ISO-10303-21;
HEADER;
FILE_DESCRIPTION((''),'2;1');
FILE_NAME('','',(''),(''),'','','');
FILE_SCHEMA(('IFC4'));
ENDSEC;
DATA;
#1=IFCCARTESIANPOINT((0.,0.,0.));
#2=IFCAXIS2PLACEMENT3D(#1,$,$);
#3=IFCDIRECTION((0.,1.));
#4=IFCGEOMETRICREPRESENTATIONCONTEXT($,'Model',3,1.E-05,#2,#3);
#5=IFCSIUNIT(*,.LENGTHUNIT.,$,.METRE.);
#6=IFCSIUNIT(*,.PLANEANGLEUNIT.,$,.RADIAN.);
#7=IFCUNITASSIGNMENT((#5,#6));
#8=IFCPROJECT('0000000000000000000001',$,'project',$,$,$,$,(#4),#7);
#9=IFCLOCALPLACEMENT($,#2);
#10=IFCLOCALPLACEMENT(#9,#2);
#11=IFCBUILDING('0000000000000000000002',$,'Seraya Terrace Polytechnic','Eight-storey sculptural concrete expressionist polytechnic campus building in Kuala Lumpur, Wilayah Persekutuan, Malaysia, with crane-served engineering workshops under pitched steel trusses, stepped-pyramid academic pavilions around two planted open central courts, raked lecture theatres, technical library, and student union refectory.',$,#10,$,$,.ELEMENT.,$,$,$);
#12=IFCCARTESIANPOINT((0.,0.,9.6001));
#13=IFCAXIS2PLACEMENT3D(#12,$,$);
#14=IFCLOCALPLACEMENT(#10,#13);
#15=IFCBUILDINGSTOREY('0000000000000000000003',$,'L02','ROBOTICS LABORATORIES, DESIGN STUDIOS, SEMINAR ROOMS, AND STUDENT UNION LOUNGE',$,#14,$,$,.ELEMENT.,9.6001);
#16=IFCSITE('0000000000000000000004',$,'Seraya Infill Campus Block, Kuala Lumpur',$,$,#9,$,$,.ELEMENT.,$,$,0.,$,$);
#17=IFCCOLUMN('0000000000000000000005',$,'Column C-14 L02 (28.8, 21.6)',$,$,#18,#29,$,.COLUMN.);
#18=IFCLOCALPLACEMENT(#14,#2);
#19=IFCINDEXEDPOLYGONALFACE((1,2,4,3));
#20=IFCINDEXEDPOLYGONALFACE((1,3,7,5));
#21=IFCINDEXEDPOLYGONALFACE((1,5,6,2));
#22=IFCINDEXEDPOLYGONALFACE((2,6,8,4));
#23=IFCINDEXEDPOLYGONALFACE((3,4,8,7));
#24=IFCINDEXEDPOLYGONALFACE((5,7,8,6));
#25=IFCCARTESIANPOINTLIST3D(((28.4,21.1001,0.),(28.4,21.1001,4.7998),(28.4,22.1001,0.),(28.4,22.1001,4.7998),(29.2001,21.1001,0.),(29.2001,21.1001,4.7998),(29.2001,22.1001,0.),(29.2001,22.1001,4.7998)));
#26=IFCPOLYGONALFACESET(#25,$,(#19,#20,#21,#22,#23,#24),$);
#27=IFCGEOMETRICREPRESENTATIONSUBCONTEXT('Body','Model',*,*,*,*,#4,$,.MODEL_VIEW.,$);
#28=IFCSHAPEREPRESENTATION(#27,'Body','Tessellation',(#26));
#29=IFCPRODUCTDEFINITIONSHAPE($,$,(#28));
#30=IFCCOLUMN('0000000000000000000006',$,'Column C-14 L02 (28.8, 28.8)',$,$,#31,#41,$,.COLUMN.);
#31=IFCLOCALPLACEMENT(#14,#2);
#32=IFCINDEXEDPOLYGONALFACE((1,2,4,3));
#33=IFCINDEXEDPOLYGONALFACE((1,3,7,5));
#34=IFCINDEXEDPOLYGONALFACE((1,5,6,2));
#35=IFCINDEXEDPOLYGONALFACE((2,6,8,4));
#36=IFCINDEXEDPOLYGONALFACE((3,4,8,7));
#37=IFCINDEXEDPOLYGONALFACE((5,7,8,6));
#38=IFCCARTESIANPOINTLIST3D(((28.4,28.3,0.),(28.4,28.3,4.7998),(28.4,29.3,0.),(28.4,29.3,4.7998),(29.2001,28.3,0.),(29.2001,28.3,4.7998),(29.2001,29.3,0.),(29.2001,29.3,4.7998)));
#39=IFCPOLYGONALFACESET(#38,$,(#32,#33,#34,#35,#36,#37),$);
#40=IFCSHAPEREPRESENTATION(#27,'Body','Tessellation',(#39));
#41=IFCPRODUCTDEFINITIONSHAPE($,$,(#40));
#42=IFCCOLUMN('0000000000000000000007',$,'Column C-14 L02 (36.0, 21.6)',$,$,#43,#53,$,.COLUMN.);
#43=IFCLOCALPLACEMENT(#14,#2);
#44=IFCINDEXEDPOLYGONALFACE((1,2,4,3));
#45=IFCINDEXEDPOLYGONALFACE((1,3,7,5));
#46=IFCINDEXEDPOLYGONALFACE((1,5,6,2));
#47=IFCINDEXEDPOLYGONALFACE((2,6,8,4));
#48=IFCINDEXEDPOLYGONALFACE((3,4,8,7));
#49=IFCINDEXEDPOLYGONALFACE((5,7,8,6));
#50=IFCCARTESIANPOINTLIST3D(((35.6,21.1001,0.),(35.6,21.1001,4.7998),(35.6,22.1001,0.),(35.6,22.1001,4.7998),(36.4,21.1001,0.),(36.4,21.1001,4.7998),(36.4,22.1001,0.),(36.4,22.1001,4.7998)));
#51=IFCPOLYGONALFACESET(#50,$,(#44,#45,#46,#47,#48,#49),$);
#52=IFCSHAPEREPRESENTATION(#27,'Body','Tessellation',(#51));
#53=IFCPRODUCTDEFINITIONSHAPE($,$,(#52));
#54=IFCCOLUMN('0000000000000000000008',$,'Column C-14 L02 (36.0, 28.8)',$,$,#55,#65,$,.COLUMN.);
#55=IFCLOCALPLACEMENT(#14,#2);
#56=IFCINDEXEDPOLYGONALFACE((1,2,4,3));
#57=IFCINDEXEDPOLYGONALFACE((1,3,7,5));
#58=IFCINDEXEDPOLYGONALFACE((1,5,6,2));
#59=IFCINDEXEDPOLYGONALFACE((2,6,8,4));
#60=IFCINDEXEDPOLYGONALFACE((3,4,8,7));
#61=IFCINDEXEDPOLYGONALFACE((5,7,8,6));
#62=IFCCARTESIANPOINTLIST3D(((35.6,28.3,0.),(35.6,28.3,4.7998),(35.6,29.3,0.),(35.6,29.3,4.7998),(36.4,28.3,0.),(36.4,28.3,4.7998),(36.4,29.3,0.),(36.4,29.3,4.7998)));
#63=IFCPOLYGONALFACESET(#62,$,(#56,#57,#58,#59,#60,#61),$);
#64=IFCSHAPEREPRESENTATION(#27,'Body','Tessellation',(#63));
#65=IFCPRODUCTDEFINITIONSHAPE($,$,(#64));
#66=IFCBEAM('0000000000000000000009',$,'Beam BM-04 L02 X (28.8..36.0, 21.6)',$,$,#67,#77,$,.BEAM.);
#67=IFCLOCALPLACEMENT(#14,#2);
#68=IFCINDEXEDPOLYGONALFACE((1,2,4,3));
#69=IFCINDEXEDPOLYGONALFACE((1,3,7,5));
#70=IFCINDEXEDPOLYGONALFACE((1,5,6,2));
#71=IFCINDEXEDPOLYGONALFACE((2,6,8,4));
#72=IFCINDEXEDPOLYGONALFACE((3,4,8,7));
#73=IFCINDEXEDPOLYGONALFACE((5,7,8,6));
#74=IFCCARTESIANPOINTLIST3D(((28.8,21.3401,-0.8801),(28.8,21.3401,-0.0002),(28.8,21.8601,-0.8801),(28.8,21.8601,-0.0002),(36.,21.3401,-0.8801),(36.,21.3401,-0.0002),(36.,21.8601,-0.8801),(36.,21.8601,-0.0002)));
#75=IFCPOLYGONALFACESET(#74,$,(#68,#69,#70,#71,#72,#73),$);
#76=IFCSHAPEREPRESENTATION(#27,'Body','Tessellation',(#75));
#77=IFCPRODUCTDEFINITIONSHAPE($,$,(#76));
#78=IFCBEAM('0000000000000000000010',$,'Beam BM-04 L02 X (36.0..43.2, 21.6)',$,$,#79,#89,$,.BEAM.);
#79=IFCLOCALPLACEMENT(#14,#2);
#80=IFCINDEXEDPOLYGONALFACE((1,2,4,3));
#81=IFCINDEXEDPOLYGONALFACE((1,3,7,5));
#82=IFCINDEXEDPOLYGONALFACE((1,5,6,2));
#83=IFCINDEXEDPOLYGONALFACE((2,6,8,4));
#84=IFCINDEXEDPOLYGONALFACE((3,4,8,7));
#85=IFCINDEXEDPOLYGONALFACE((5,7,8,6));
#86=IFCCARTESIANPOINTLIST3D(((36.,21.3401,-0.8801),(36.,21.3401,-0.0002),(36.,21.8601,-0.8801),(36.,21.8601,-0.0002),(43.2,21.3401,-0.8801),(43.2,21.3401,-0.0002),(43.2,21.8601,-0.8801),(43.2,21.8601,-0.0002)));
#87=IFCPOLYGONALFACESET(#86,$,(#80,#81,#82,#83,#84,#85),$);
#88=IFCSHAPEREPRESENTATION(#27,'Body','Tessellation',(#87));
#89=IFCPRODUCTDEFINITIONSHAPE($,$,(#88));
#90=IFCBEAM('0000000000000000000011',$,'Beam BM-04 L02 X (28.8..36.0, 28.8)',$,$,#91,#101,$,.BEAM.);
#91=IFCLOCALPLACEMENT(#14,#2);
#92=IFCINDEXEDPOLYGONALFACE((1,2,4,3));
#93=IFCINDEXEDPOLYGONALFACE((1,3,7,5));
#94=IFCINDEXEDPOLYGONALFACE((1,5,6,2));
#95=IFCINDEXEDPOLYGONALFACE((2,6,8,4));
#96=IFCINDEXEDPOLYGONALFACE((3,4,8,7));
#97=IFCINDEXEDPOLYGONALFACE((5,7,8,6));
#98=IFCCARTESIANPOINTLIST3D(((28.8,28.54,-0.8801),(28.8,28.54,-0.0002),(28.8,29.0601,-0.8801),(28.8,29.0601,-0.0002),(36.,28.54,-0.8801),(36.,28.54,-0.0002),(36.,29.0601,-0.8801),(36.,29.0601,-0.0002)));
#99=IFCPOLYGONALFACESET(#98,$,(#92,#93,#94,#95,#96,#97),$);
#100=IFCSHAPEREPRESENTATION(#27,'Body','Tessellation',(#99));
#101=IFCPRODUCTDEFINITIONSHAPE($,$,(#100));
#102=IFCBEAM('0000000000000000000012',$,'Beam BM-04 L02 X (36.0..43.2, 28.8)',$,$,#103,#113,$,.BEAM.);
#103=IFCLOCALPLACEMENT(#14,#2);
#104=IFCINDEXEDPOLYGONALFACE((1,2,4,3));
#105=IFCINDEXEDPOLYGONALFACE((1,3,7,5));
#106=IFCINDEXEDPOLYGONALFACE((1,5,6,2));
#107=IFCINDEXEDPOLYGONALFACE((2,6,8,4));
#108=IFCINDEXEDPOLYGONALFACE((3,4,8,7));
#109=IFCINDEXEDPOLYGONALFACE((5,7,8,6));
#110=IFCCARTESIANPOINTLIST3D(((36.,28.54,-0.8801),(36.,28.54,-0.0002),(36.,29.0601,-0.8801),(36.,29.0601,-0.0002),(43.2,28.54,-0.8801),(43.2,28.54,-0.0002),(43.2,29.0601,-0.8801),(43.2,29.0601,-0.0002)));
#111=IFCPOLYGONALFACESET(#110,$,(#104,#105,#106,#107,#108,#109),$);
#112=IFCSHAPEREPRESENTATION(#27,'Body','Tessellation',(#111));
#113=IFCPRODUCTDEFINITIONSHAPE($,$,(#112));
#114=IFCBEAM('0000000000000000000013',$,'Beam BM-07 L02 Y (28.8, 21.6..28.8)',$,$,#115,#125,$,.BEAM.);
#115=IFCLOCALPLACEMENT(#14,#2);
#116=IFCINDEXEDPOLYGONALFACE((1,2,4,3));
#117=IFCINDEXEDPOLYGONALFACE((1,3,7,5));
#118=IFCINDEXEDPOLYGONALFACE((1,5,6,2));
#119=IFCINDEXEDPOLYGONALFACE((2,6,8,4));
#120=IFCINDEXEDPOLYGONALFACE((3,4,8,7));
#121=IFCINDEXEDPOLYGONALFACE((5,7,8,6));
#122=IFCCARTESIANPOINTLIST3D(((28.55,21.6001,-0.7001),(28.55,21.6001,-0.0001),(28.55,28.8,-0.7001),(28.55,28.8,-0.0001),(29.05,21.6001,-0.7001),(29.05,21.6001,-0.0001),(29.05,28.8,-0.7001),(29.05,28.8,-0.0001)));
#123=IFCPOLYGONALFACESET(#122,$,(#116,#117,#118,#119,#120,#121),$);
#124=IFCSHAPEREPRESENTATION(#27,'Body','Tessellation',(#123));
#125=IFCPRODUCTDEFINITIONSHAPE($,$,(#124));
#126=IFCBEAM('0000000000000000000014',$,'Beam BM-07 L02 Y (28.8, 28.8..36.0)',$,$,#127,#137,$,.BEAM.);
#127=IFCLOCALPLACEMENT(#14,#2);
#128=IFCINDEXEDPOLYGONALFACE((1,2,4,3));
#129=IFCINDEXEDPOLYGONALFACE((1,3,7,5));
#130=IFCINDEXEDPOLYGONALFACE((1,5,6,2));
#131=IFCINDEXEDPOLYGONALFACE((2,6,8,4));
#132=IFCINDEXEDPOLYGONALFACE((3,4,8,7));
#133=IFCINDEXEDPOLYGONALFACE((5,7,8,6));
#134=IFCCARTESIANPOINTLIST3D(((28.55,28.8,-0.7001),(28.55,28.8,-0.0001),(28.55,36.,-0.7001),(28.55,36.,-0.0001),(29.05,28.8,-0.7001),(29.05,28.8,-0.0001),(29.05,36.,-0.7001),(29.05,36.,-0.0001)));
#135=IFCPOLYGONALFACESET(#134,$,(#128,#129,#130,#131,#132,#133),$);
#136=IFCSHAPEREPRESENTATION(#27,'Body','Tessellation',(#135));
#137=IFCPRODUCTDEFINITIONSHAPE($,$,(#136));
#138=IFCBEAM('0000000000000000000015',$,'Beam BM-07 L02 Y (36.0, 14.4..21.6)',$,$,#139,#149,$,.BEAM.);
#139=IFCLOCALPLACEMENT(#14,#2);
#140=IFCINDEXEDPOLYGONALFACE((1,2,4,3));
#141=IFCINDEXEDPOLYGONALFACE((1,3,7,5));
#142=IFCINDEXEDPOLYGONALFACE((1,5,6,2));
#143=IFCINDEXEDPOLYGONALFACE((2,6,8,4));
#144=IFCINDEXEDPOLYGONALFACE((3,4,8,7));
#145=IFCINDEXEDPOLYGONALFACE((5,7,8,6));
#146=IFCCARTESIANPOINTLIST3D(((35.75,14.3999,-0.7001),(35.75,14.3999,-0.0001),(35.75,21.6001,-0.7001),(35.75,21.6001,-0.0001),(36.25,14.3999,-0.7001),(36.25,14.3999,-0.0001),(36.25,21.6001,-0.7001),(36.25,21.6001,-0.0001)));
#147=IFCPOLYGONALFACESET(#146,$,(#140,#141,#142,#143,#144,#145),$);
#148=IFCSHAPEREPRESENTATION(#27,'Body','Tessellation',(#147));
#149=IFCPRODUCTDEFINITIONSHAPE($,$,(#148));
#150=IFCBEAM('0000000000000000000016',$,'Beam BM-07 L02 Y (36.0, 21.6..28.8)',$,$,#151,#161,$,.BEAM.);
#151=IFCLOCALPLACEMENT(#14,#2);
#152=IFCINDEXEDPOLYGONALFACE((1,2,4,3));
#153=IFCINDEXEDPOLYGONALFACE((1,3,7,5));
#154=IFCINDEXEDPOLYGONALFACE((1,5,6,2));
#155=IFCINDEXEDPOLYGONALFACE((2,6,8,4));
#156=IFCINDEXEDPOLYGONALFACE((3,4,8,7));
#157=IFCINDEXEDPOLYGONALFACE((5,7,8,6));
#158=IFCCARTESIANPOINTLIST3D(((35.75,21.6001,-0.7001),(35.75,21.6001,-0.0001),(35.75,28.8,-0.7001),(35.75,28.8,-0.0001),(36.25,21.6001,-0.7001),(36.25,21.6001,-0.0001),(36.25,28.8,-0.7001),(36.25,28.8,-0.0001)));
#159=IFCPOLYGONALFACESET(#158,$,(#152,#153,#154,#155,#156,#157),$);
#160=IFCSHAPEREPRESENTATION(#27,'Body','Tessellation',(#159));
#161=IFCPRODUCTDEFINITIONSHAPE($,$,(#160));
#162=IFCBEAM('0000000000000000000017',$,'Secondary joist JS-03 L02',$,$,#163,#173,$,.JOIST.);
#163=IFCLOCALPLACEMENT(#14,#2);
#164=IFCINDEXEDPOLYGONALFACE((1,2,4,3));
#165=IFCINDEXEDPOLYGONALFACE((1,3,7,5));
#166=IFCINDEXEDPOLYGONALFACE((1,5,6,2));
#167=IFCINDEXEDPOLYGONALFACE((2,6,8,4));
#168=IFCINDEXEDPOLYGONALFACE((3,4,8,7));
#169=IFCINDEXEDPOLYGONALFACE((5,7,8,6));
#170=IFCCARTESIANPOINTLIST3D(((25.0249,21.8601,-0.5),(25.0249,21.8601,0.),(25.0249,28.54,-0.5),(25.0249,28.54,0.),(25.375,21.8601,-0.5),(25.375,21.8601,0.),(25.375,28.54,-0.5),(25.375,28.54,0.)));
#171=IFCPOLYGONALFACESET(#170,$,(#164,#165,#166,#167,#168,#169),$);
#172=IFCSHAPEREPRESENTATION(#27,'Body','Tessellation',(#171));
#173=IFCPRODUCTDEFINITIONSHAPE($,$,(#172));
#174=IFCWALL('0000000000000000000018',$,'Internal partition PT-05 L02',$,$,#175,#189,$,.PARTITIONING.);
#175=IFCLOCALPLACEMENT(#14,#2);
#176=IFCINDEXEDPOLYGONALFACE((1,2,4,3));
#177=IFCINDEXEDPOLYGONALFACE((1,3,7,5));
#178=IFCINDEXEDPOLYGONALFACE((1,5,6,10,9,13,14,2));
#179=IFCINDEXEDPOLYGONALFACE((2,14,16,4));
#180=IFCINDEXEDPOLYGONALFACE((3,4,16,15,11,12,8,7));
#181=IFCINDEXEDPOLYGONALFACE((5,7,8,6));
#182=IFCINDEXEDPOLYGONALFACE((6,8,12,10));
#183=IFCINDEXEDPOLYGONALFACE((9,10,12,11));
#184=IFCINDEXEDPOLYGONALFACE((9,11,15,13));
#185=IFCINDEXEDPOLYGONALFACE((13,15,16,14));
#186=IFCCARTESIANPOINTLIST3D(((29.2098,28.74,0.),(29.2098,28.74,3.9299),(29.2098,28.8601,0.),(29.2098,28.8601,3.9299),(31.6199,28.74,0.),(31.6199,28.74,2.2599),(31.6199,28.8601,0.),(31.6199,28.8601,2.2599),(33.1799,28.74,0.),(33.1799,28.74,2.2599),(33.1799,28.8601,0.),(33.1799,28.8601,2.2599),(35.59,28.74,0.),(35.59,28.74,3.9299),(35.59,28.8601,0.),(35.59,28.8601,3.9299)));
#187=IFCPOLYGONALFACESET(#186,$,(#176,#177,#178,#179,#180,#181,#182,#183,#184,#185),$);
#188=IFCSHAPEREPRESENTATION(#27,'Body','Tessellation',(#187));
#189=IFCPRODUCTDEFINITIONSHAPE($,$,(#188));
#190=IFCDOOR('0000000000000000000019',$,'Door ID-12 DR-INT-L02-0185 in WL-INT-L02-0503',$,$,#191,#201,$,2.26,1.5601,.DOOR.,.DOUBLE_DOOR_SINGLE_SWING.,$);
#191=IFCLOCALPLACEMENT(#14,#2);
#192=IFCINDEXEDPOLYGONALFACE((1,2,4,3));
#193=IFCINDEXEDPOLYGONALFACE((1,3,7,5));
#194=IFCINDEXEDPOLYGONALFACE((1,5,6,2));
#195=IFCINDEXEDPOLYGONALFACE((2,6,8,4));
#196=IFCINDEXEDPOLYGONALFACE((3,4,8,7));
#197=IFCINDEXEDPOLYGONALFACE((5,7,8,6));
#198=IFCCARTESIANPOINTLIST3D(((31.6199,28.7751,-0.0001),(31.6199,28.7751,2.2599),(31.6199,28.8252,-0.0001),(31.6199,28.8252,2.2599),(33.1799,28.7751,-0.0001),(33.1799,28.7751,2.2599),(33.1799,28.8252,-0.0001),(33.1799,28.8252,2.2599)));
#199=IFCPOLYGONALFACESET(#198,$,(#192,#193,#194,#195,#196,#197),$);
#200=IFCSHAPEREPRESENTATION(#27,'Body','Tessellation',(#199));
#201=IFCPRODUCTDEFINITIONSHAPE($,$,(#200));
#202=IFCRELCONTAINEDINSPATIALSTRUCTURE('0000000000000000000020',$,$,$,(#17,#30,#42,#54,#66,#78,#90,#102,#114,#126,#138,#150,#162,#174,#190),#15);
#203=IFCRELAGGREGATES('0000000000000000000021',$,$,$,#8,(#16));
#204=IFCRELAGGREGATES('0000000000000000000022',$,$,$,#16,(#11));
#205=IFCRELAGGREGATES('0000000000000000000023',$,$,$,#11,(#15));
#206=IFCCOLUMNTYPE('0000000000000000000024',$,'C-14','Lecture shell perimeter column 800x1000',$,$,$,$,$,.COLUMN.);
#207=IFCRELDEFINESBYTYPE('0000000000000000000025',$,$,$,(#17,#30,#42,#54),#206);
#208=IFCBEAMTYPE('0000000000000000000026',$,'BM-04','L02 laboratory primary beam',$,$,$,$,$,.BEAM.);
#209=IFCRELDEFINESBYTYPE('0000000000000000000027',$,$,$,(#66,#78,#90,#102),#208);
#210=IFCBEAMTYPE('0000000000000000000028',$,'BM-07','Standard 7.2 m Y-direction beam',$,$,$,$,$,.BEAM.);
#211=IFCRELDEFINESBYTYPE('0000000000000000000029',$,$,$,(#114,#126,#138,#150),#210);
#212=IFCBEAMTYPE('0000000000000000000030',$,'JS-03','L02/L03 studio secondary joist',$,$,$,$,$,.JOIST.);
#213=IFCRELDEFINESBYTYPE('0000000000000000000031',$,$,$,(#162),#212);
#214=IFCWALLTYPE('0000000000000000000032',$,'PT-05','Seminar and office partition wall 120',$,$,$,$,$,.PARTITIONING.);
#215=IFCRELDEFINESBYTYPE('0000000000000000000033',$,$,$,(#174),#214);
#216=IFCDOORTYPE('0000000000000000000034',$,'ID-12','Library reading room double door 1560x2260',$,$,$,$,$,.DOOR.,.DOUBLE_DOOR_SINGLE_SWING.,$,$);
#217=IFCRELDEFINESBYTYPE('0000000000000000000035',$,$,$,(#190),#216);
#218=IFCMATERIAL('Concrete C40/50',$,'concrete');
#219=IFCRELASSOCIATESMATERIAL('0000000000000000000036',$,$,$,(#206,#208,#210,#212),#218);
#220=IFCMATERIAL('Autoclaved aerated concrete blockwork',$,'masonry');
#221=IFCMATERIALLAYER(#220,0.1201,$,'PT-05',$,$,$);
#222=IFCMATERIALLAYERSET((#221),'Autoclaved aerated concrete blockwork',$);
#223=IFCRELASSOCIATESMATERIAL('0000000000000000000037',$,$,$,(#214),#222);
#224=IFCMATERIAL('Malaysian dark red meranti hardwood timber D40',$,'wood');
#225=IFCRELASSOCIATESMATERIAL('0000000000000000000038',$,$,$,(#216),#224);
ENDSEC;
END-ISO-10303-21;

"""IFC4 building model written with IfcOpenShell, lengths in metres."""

from ifc_helpers import new_model, si_unit, direction, frame, frame_2d, origin, origin_2d, place, context, subcontext, project, spatial, rectangle, extrude, material, layer, layer_set, material_profile, profile_set, type_object, element, fill, save


model = new_model("IFC4")

# Units and contexts
model_context = context("Model", 3, precision=1e-05, world=origin(), true_north=direction((0.0, 1.0)))
body_context = subcontext(model_context, "Body", "Model", "MODEL_VIEW")
ifc_project = project(units=[si_unit("LENGTHUNIT", "METRE"), si_unit("PLANEANGLEUNIT", "RADIAN")], contexts=[model_context])

# Site, building, storey
site_placement = place(None, origin())
site = spatial("IfcSite", under=ifc_project, at=site_placement, Name="Seraya Infill Campus Block, Kuala Lumpur", CompositionType="ELEMENT", RefElevation=0.0)
building_placement = place(site_placement, origin())
building = spatial("IfcBuilding", under=site, at=building_placement, Name="Seraya Terrace Polytechnic", Description="Eight-storey sculptural concrete expressionist polytechnic campus building in Kuala Lumpur, Wilayah Persekutuan, Malaysia, with crane-served engineering workshops under pitched steel trusses, stepped-pyramid academic pavilions around two planted open central courts, raked lecture theatres, technical library, and student union refectory.", CompositionType="ELEMENT")
storey_placement = place(building_placement, frame((0.0, 0.0, 9.6001)))
storey = spatial("IfcBuildingStorey", under=building, at=storey_placement, Name="L02", Description="ROBOTICS LABORATORIES, DESIGN STUDIOS, SEMINAR ROOMS, AND STUDENT UNION LOUNGE", CompositionType="ELEMENT", Elevation=9.6001)

# Columns
ifc_material_1 = material(Name="Concrete C40/50", Category="concrete")
ifc_material_profile_1 = material_profile(ifc_material_1, rectangle(XDim=0.8, YDim=1.0, at=origin_2d()), Name="RC 800x1000")
ifc_profile_set_1 = profile_set([ifc_material_profile_1], Name="Concrete C40/50")
column_type = type_object("IfcColumnType", Name="C-14", Description="Lecture shell perimeter column 800x1000", PredefinedType="COLUMN", material=ifc_profile_set_1)
for number, where, z_axis, x_axis, name in (
    (1, (28.8, 21.6001, 0.0), (0.0, 0.0, 1.0), (1.0, 0.0, 0.0), "Column C-14 L02 (28.8, 21.6)"),
    (2, (28.8, 28.8, 0.0), (0.0, 0.0, 1.0), (1.0, 0.0, 0.0), "Column C-14 L02 (28.8, 28.8)"),
    (3, (36.0, 21.6001, 0.0), (0.0, 0.0, 1.0), (1.0, 0.0, 0.0), "Column C-14 L02 (36.0, 21.6)"),
    (4, (36.0, 28.8, 0.0), (0.0, 0.0, 1.0), (1.0, 0.0, 0.0), "Column C-14 L02 (36.0, 28.8)"),
):
    element("IfcColumn", number, at=place(storey_placement, frame(where, z_axis=z_axis, x_axis=x_axis)), inside=storey, type_object=column_type, Name=name, PredefinedType="COLUMN", context=body_context, shape_type="SweptSolid", body=[
        extrude(rectangle(XDim=0.8, YDim=1.0, at=origin_2d()), origin(), (0.0, 0.0, 1.0), 4.7998),
    ])

# Beams
ifc_material_profile_2 = material_profile(ifc_material_1, rectangle(XDim=0.52, YDim=0.8799, at=origin_2d()), Name="RC 520x880")
ifc_profile_set_2 = profile_set([ifc_material_profile_2], Name="Concrete C40/50")
beam_type_1 = type_object("IfcBeamType", Name="BM-04", Description="L02 laboratory primary beam", PredefinedType="BEAM", material=ifc_profile_set_2)
for number, where, z_axis, x_axis, name in (
    (5, (28.8, 21.6001, -0.4402), (1.0, 0.0, 0.0), (0.0, 1.0, 0.0), "Beam BM-04 L02 X (28.8..36.0, 21.6)"),
    (6, (36.0, 21.6001, -0.4402), (1.0, 0.0, 0.0), (0.0, 1.0, 0.0), "Beam BM-04 L02 X (36.0..43.2, 21.6)"),
    (7, (28.8, 28.8, -0.4402), (1.0, 0.0, 0.0), (0.0, 1.0, 0.0), "Beam BM-04 L02 X (28.8..36.0, 28.8)"),
    (8, (36.0, 28.8, -0.4402), (1.0, 0.0, 0.0), (0.0, 1.0, 0.0), "Beam BM-04 L02 X (36.0..43.2, 28.8)"),
):
    element("IfcBeam", number, at=place(storey_placement, frame(where, z_axis=z_axis, x_axis=x_axis)), inside=storey, type_object=beam_type_1, Name=name, PredefinedType="BEAM", context=body_context, shape_type="SweptSolid", body=[
        extrude(rectangle(XDim=0.52, YDim=0.8799, at=origin_2d()), origin(), (0.0, 0.0, 1.0), 7.2),
    ])
ifc_material_profile_3 = material_profile(ifc_material_1, rectangle(XDim=0.5, YDim=0.7, at=origin_2d()), Name="RC 500x700")
ifc_profile_set_3 = profile_set([ifc_material_profile_3], Name="Concrete C40/50")
beam_type_2 = type_object("IfcBeamType", Name="BM-07", Description="Standard 7.2 m Y-direction beam", PredefinedType="BEAM", material=ifc_profile_set_3)
for number, where, z_axis, x_axis, name in (
    (9, (28.8, 21.6001, -0.3501), (0.0, 1.0, 0.0), (-1.0, 0.0, 0.0), "Beam BM-07 L02 Y (28.8, 21.6..28.8)"),
    (10, (28.8, 28.8, -0.3501), (0.0, 1.0, 0.0), (-1.0, 0.0, 0.0), "Beam BM-07 L02 Y (28.8, 28.8..36.0)"),
):
    element("IfcBeam", number, at=place(storey_placement, frame(where, z_axis=z_axis, x_axis=x_axis)), inside=storey, type_object=beam_type_2, Name=name, PredefinedType="BEAM", context=body_context, shape_type="SweptSolid", body=[
        extrude(rectangle(XDim=0.5, YDim=0.7, at=origin_2d()), origin(), (0.0, 0.0, 1.0), 7.2),
    ])
beam_1_placement = place(storey_placement, frame((36.0, 14.3999, -0.3501), z_axis=(0.0, 1.0, 0.0), x_axis=(-1.0, 0.0, 0.0)))
element("IfcBeam", 11, at=beam_1_placement, inside=storey, type_object=beam_type_2, Name="Beam BM-07 L02 Y (36.0, 14.4..21.6)", PredefinedType="BEAM", context=body_context, shape_type="SweptSolid", body=[
    extrude(rectangle(XDim=0.5, YDim=0.7, at=origin_2d()), origin(), (0.0, 0.0, 1.0), 7.2002),
])
beam_2_placement = place(storey_placement, frame((36.0, 21.6001, -0.3501), z_axis=(0.0, 1.0, 0.0), x_axis=(-1.0, 0.0, 0.0)))
element("IfcBeam", 12, at=beam_2_placement, inside=storey, type_object=beam_type_2, Name="Beam BM-07 L02 Y (36.0, 21.6..28.8)", PredefinedType="BEAM", context=body_context, shape_type="SweptSolid", body=[
    extrude(rectangle(XDim=0.5, YDim=0.7, at=origin_2d()), origin(), (0.0, 0.0, 1.0), 7.2),
])
ifc_material_profile_4 = material_profile(ifc_material_1, rectangle(XDim=0.3501, YDim=0.5, at=origin_2d()), Name="RC 350x500")
ifc_profile_set_4 = profile_set([ifc_material_profile_4], Name="Concrete C40/50")
beam_type_3 = type_object("IfcBeamType", Name="JS-03", Description="L02/L03 studio secondary joist", PredefinedType="JOIST", material=ifc_profile_set_4)
beam_3_placement = place(storey_placement, frame((25.2, 21.8601, -0.25), z_axis=(0.0, 1.0, 0.0), x_axis=(-1.0, 0.0, 0.0)))
element("IfcBeam", 13, at=beam_3_placement, inside=storey, type_object=beam_type_3, Name="Secondary joist JS-03 L02", PredefinedType="JOIST", context=body_context, shape_type="SweptSolid", body=[
    extrude(rectangle(XDim=0.3501, YDim=0.5, at=origin_2d()), origin(), (0.0, 0.0, 1.0), 6.6799),
])

# Wall, opening, door
ifc_material_2 = material(Name="Autoclaved aerated concrete blockwork", Category="masonry")
ifc_layer = layer(ifc_material_2, 0.1201, Name="PT-05")
ifc_layer_set = layer_set([ifc_layer], Name="Autoclaved aerated concrete blockwork")
wall_type = type_object("IfcWallType", Name="PT-05", Description="Seminar and office partition wall 120", PredefinedType="PARTITIONING", material=ifc_layer_set)
wall_placement = place(storey_placement, frame((29.21, 28.8, 0.0), z_axis=(0.0, 0.0, 1.0), x_axis=(1.0, 0.0, 0.0)))
wall = element("IfcWall", 14, at=wall_placement, inside=storey, type_object=wall_type, Name="Internal partition PT-05 L02", PredefinedType="PARTITIONING", context=body_context, shape_type="SweptSolid", body=[
    extrude(rectangle(XDim=6.3801, YDim=0.1201, at=frame_2d((3.1899, 0.0))), origin(), (0.0, 0.0, 1.0), 3.9299),
])
opening_placement = place(wall_placement, frame((2.4099, 0.0, 0.0)))
opening = element("IfcOpeningElement", 15, at=opening_placement, cuts=wall, PredefinedType="OPENING", context=body_context, shape_type="SweptSolid", body=[
    extrude(rectangle(XDim=1.5601, YDim=2.26, at=frame_2d((0.78, 1.1299))), frame((0.0, 0.072, 0.0), z_axis=(0.0, -1.0, 0.0), x_axis=(1.0, 0.0, 0.0)), (0.0, 0.0, 1.0), 0.144),
])
ifc_material_3 = material(Name="Malaysian dark red meranti hardwood timber D40", Category="wood")
door_type = type_object("IfcDoorType", Name="ID-12", Description="Library reading room double door 1560x2260", OperationType="DOUBLE_DOOR_SINGLE_SWING", PredefinedType="DOOR", material=ifc_material_3)
door_placement = place(opening_placement, frame((1.5601, 0.0, 0.0), z_axis=(0.0, 0.0, 1.0), x_axis=(-1.0, 0.0, 0.0)))
door = element("IfcDoor", 16, at=door_placement, inside=storey, type_object=door_type, Name="Door ID-12 DR-INT-L02-0185 in WL-INT-L02-0503", OperationType="DOUBLE_DOOR_SINGLE_SWING", OverallHeight=2.26, OverallWidth=1.5601, PredefinedType="DOOR", context=body_context, shape_type="SweptSolid", body=[
    extrude(rectangle(XDim=1.5601, YDim=2.26, at=frame_2d((0.78, 1.1299))), frame((0.0, 0.0249, 0.0), z_axis=(0.0, -1.0, 0.0), x_axis=(1.0, 0.0, 0.0)), (0.0, 0.0, 1.0), 0.05),
])
fill(opening, door)

save(model, "model.ifc")
